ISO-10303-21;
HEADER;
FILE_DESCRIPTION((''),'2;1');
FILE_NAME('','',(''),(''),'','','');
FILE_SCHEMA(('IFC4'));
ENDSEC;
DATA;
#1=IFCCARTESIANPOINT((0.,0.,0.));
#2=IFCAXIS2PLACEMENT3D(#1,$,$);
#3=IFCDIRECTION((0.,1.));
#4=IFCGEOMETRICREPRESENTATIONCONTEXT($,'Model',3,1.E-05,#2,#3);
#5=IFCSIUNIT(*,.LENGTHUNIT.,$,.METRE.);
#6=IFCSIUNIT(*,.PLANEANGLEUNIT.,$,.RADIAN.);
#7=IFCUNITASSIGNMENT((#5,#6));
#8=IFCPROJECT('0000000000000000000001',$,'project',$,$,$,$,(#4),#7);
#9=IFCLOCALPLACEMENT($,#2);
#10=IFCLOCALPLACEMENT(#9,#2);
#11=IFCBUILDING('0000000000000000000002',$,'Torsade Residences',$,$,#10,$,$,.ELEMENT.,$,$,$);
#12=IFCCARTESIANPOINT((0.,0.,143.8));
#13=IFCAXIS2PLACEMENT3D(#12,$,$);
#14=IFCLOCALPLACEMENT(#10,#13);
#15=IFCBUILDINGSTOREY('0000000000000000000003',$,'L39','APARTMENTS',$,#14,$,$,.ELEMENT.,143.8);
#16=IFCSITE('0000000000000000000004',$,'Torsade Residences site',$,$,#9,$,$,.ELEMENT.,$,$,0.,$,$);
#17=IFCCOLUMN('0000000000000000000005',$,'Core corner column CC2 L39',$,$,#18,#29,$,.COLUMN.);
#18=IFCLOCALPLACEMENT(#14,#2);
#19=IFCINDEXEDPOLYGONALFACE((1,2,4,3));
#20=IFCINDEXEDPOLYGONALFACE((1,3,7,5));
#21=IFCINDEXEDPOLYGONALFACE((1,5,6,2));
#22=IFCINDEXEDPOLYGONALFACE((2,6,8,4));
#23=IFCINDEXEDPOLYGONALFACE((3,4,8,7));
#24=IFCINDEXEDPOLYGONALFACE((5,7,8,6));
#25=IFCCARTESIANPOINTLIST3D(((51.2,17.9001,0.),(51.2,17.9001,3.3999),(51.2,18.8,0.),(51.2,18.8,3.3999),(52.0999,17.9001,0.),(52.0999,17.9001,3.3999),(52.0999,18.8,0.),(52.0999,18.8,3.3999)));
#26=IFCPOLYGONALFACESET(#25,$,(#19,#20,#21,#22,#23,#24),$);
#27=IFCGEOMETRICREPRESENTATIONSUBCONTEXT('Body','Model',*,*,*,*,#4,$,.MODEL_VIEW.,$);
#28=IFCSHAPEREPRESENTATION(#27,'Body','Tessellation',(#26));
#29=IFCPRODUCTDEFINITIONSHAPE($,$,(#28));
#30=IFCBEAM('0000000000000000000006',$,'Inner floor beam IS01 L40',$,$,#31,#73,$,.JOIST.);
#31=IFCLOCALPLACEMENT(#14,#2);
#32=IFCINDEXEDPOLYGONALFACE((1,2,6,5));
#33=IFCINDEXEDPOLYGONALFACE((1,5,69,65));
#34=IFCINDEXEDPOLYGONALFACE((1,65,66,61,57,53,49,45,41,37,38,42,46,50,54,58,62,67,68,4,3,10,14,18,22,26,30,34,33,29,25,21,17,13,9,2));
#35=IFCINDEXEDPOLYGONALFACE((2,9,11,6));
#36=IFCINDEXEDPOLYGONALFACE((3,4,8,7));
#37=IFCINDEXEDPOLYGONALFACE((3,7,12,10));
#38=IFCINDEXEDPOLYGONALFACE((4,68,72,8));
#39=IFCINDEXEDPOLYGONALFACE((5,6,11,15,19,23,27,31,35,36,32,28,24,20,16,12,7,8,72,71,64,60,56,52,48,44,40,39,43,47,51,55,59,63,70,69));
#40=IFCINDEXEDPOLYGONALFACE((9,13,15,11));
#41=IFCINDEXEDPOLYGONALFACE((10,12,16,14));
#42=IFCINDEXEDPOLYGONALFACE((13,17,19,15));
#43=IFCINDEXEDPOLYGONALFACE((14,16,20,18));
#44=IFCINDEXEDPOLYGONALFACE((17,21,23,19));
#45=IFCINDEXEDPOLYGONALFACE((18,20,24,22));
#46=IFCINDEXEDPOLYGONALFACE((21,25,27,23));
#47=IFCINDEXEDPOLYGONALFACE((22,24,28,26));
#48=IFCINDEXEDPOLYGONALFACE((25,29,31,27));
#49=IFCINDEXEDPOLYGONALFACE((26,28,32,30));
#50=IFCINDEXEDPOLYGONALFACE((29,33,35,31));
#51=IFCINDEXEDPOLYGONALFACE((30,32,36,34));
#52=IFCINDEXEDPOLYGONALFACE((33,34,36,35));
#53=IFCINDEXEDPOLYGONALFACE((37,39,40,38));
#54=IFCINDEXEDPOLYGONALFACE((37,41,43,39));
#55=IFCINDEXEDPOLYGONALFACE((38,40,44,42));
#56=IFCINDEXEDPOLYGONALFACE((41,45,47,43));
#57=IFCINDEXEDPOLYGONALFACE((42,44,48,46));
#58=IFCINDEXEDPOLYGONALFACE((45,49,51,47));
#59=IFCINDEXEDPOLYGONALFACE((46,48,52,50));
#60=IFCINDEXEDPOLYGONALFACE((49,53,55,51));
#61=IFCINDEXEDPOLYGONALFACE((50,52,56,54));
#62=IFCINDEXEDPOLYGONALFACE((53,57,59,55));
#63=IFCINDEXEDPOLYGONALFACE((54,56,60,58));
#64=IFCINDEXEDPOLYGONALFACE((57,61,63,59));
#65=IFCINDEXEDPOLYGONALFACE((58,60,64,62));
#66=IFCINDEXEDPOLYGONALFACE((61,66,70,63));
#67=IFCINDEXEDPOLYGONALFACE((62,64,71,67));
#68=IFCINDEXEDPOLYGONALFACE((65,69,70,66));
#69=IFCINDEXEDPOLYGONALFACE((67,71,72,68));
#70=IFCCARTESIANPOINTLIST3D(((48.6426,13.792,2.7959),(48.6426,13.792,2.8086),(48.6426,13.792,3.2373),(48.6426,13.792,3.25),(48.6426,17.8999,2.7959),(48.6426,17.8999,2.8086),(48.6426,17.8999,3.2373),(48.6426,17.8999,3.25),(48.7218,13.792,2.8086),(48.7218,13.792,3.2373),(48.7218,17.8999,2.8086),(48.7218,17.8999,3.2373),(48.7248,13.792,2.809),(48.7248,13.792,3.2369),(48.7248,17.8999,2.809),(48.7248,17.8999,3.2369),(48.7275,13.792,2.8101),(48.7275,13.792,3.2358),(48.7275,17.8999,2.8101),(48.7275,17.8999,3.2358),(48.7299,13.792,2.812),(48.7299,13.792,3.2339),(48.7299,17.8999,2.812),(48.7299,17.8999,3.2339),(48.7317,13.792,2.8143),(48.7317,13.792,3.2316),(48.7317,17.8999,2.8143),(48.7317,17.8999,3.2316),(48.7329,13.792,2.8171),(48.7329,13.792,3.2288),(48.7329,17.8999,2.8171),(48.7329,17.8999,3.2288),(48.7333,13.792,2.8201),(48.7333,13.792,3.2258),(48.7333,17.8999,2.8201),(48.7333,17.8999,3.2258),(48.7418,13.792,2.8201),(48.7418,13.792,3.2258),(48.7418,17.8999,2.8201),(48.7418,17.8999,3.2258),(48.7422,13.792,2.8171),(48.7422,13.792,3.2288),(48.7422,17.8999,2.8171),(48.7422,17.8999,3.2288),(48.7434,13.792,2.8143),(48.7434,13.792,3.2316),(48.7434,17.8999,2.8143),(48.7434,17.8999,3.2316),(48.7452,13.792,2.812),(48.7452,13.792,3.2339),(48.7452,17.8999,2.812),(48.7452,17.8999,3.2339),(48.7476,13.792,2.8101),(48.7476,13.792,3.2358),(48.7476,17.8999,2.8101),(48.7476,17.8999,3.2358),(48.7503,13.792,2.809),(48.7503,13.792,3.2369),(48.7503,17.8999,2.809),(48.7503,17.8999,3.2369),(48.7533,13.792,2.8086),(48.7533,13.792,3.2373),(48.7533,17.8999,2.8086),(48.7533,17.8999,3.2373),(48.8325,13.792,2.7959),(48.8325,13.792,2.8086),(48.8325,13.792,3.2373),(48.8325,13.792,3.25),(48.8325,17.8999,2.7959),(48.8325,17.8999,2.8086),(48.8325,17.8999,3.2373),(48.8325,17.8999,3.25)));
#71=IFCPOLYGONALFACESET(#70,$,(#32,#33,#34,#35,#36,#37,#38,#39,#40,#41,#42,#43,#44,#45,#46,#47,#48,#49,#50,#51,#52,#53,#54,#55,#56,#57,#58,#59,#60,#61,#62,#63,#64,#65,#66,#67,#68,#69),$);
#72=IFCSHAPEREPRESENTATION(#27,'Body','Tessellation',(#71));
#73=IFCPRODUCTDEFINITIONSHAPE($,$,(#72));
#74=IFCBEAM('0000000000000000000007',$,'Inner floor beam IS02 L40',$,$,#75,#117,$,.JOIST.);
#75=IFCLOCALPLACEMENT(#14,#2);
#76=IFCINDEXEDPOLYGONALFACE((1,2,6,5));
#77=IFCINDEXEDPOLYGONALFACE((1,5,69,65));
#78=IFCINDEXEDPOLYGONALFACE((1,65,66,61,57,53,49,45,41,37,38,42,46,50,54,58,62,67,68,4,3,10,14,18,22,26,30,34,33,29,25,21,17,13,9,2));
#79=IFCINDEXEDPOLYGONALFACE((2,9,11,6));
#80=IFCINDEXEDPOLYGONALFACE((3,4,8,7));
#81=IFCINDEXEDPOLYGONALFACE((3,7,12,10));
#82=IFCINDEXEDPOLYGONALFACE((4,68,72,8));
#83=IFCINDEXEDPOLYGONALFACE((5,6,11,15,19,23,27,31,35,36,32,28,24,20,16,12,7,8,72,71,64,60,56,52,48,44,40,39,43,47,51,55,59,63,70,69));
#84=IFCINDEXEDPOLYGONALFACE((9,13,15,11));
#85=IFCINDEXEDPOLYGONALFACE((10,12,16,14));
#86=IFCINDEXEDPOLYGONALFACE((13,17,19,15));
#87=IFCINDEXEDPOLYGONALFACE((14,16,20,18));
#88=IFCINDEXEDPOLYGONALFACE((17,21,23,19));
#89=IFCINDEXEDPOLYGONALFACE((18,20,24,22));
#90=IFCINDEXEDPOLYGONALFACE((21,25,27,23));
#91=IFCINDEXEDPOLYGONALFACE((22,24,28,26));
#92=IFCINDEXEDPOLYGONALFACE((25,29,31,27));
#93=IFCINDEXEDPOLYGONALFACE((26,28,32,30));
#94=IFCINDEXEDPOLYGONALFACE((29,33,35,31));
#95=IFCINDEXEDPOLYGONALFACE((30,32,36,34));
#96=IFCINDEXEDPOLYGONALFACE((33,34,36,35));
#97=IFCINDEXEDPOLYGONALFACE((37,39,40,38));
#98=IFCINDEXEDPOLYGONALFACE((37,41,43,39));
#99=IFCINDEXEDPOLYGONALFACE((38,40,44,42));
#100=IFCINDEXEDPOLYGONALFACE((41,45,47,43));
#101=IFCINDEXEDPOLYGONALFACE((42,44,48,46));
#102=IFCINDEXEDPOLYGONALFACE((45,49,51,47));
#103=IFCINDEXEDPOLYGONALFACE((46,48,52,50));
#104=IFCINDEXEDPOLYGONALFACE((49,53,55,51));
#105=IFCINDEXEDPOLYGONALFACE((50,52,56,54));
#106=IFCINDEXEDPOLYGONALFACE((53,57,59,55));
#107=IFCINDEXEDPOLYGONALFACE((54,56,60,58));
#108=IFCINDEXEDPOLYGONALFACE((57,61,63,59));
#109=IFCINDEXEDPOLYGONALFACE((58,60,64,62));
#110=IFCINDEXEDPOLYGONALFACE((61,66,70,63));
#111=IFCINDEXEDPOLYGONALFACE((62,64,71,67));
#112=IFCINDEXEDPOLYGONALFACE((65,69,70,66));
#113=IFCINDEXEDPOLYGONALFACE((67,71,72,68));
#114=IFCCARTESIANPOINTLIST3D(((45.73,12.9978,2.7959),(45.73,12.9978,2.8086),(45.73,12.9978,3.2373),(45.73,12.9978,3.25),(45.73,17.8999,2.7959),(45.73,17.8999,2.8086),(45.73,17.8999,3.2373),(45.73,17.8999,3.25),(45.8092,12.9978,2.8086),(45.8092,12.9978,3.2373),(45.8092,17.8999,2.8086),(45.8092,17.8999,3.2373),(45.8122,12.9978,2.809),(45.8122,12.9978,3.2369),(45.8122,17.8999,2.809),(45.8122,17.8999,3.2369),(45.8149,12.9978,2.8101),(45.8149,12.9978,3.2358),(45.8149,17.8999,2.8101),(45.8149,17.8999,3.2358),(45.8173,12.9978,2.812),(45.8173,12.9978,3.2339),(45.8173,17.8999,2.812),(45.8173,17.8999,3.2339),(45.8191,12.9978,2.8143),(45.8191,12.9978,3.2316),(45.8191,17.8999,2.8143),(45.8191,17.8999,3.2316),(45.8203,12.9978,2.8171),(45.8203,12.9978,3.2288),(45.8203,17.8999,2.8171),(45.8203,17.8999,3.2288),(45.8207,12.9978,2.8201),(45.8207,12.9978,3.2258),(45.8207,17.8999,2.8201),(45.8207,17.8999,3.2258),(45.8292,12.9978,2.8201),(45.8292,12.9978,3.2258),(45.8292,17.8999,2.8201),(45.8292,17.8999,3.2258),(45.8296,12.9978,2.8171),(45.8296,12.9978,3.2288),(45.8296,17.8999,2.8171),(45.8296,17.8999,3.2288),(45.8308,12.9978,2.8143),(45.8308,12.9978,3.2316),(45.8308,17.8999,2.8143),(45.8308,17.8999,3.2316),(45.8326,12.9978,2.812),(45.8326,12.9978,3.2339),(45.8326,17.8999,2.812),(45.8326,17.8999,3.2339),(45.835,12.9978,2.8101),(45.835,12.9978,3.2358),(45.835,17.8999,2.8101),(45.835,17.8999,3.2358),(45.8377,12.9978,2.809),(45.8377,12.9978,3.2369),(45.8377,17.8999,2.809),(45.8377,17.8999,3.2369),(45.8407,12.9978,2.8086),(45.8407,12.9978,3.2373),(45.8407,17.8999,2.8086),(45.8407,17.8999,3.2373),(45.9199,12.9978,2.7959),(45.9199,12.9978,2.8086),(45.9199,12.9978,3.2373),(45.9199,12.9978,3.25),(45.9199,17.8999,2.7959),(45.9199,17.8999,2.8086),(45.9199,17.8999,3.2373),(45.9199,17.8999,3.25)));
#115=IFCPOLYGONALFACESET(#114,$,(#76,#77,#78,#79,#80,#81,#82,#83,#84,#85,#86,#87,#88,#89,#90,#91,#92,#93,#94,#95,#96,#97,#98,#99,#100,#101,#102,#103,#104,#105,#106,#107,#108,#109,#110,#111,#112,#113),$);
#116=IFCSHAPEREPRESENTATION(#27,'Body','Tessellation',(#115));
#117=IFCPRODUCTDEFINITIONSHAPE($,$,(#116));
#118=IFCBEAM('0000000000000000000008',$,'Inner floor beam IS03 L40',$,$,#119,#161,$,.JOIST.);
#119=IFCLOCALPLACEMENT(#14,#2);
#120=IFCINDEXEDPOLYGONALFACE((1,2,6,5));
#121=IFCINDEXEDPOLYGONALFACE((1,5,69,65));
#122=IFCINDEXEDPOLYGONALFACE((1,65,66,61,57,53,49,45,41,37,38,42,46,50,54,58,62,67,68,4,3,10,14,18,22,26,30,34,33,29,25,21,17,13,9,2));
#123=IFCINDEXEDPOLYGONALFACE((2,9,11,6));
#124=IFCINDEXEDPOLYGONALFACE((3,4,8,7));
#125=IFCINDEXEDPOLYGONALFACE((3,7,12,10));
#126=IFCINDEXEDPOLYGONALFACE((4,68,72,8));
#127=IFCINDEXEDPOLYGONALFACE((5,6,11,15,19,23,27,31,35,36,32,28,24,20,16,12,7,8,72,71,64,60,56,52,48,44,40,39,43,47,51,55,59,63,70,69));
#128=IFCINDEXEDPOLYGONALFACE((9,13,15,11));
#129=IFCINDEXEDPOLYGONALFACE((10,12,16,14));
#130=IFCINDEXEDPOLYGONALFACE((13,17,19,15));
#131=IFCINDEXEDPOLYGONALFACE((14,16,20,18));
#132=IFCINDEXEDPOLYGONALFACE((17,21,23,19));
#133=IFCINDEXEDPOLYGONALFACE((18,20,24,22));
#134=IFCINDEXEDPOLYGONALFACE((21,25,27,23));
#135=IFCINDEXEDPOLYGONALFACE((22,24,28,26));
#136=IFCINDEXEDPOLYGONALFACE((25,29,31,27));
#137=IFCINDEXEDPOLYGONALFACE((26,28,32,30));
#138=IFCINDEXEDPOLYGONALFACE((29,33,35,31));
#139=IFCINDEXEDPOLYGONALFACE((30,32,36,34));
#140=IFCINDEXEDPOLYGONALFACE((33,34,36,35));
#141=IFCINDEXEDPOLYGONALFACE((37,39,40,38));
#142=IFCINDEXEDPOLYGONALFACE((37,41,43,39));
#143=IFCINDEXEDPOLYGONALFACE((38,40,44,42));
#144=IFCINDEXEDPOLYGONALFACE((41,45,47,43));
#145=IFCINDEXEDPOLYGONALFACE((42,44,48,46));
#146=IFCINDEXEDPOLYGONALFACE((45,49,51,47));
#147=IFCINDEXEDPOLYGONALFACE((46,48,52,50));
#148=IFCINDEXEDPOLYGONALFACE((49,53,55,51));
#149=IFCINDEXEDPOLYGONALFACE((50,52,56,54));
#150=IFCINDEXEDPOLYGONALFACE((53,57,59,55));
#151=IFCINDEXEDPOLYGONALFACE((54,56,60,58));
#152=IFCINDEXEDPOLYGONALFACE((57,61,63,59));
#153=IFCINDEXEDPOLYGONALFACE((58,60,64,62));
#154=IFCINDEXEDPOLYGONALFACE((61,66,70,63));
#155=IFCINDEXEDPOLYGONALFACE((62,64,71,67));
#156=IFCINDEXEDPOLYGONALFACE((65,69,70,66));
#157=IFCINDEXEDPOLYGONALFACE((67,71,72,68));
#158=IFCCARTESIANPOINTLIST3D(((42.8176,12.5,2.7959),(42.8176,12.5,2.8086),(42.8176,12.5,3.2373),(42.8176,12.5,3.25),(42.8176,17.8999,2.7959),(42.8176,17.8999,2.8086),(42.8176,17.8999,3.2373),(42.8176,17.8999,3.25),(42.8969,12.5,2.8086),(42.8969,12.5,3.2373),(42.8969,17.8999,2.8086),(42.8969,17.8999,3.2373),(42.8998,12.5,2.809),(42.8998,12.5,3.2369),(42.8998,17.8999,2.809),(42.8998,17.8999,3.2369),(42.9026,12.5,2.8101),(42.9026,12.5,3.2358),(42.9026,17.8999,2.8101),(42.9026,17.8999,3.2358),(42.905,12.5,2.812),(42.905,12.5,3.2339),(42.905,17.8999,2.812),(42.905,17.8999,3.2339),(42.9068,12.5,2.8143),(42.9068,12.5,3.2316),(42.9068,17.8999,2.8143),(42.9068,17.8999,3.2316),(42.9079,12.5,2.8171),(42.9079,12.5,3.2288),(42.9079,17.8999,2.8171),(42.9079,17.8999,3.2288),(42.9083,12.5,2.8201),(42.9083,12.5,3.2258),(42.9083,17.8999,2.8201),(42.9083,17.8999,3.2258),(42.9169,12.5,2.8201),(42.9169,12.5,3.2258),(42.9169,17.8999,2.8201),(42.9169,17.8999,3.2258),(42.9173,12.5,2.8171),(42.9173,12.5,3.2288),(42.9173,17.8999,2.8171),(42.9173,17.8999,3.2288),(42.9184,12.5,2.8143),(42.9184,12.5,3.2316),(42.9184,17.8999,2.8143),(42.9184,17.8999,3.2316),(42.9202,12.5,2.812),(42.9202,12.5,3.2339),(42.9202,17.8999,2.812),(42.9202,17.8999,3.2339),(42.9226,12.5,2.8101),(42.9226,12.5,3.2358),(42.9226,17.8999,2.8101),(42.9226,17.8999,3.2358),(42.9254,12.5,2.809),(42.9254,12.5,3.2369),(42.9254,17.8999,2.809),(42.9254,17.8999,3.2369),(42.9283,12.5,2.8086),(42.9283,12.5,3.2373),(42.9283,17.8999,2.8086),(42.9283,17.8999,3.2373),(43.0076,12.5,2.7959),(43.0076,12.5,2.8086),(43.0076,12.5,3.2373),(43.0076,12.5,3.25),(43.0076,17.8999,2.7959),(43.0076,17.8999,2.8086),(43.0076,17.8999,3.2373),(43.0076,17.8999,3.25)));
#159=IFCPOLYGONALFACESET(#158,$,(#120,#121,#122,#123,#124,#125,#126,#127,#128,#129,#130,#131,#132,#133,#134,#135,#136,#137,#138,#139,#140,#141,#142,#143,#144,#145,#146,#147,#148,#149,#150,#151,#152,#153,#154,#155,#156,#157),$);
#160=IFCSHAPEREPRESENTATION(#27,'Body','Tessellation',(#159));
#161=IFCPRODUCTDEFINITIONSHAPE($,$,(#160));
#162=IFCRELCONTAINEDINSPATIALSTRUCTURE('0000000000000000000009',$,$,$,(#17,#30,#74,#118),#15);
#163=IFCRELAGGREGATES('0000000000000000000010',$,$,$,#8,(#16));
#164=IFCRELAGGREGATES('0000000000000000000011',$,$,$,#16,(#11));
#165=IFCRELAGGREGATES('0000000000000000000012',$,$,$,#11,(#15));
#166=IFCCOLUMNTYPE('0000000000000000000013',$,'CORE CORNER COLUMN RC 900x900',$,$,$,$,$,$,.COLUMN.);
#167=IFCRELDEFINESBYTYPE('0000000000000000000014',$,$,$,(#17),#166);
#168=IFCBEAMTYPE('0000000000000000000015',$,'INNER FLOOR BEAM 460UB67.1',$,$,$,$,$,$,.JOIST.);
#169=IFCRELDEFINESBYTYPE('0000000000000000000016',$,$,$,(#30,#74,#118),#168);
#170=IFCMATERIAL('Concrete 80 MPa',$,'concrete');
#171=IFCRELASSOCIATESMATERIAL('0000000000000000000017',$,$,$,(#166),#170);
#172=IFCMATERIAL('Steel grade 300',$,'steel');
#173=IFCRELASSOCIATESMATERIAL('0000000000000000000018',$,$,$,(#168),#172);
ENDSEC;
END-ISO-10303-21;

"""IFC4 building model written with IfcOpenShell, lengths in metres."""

from ifc_helpers import new_model, si_unit, direction, frame, origin, origin_2d, place, context, subcontext, project, spatial, rectangle, i_section, extrude, material, material_profile, profile_set, type_object, element, save


model = new_model("IFC4")

# Units and contexts
model_context = context("Model", 3, precision=1e-05, world=origin(), true_north=direction((0.0, 1.0)))
body_context = subcontext(model_context, "Body", "Model", "MODEL_VIEW")
ifc_project = project(units=[si_unit("LENGTHUNIT", "METRE"), si_unit("PLANEANGLEUNIT", "RADIAN")], contexts=[model_context])

# Site, building, storey
site_placement = place(None, origin())
site = spatial("IfcSite", under=ifc_project, at=site_placement, Name="Torsade Residences site", CompositionType="ELEMENT", RefElevation=0.0)
building_placement = place(site_placement, origin())
building = spatial("IfcBuilding", under=site, at=building_placement, Name="Torsade Residences", CompositionType="ELEMENT")
storey_placement = place(building_placement, frame((0.0, 0.0, 143.8)))
storey = spatial("IfcBuildingStorey", under=building, at=storey_placement, Name="L39", Description="APARTMENTS", CompositionType="ELEMENT", Elevation=143.8)

# Column
ifc_material_1 = material(Name="Concrete 80 MPa", Category="concrete")
ifc_material_profile_1 = material_profile(ifc_material_1, rectangle(XDim=0.8999, YDim=0.8999, at=origin_2d()), Name="RC 900x900")
ifc_profile_set_1 = profile_set([ifc_material_profile_1], Name="Concrete 80 MPa")
column_type = type_object("IfcColumnType", Name="CORE CORNER COLUMN RC 900x900", PredefinedType="COLUMN", material=ifc_profile_set_1)
column_placement = place(storey_placement, frame((51.6499, 18.3501, 0.0), z_axis=(0.0, 0.0, 1.0), x_axis=(1.0, 0.0, 0.0)))
element("IfcColumn", 1, at=column_placement, inside=storey, type_object=column_type, Name="Core corner column CC2 L39", PredefinedType="COLUMN", context=body_context, shape_type="SweptSolid", body=[
    extrude(rectangle(XDim=0.8999, YDim=0.8999, at=origin_2d()), origin(), (0.0, 0.0, 1.0), 3.3999),
])

# Beams
ifc_material_2 = material(Name="Steel grade 300", Category="steel")
ifc_material_profile_2 = material_profile(ifc_material_2, i_section(OverallWidth=0.1899, OverallDepth=0.4541, WebThickness=0.0085, FlangeThickness=0.0127, FilletRadius=0.0115, at=origin_2d()), Name="460UB67.1")
ifc_profile_set_2 = profile_set([ifc_material_profile_2], Name="Steel grade 300")
beam_type = type_object("IfcBeamType", Name="INNER FLOOR BEAM 460UB67.1", PredefinedType="JOIST", material=ifc_profile_set_2)
beam_1_placement = place(storey_placement, frame((48.7375, 17.8999, 3.0229), z_axis=(0.0, -1.0, 0.0), x_axis=(1.0, 0.0, 0.0)))
element("IfcBeam", 2, at=beam_1_placement, inside=storey, type_object=beam_type, Name="Inner floor beam IS01 L40", PredefinedType="JOIST", context=body_context, shape_type="SweptSolid", body=[
    extrude(i_section(OverallWidth=0.1899, OverallDepth=0.4541, WebThickness=0.0085, FlangeThickness=0.0127, FilletRadius=0.0115, at=origin_2d()), origin(), (0.0, 0.0, 1.0), 4.1079),
])
beam_2_placement = place(storey_placement, frame((45.825, 17.8999, 3.0229), z_axis=(0.0, -1.0, 0.0), x_axis=(1.0, 0.0, 0.0)))
element("IfcBeam", 3, at=beam_2_placement, inside=storey, type_object=beam_type, Name="Inner floor beam IS02 L40", PredefinedType="JOIST", context=body_context, shape_type="SweptSolid", body=[
    extrude(i_section(OverallWidth=0.1899, OverallDepth=0.4541, WebThickness=0.0085, FlangeThickness=0.0127, FilletRadius=0.0115, at=origin_2d()), origin(), (0.0, 0.0, 1.0), 4.9021),
])
for number, where, z_axis, x_axis, name in (
    (4, (42.9126, 17.8999, 3.0229), (0.0, -1.0, 0.0), (1.0, 0.0, 0.0), "Inner floor beam IS03 L40"),
):
    element("IfcBeam", number, at=place(storey_placement, frame(where, z_axis=z_axis, x_axis=x_axis)), inside=storey, type_object=beam_type, Name=name, PredefinedType="JOIST", context=body_context, shape_type="SweptSolid", body=[
        extrude(i_section(OverallWidth=0.1899, OverallDepth=0.4541, WebThickness=0.0085, FlangeThickness=0.0127, FilletRadius=0.0115, at=origin_2d()), origin(), (0.0, 0.0, 1.0), 5.3999),
    ])

save(model, "model.ifc")
